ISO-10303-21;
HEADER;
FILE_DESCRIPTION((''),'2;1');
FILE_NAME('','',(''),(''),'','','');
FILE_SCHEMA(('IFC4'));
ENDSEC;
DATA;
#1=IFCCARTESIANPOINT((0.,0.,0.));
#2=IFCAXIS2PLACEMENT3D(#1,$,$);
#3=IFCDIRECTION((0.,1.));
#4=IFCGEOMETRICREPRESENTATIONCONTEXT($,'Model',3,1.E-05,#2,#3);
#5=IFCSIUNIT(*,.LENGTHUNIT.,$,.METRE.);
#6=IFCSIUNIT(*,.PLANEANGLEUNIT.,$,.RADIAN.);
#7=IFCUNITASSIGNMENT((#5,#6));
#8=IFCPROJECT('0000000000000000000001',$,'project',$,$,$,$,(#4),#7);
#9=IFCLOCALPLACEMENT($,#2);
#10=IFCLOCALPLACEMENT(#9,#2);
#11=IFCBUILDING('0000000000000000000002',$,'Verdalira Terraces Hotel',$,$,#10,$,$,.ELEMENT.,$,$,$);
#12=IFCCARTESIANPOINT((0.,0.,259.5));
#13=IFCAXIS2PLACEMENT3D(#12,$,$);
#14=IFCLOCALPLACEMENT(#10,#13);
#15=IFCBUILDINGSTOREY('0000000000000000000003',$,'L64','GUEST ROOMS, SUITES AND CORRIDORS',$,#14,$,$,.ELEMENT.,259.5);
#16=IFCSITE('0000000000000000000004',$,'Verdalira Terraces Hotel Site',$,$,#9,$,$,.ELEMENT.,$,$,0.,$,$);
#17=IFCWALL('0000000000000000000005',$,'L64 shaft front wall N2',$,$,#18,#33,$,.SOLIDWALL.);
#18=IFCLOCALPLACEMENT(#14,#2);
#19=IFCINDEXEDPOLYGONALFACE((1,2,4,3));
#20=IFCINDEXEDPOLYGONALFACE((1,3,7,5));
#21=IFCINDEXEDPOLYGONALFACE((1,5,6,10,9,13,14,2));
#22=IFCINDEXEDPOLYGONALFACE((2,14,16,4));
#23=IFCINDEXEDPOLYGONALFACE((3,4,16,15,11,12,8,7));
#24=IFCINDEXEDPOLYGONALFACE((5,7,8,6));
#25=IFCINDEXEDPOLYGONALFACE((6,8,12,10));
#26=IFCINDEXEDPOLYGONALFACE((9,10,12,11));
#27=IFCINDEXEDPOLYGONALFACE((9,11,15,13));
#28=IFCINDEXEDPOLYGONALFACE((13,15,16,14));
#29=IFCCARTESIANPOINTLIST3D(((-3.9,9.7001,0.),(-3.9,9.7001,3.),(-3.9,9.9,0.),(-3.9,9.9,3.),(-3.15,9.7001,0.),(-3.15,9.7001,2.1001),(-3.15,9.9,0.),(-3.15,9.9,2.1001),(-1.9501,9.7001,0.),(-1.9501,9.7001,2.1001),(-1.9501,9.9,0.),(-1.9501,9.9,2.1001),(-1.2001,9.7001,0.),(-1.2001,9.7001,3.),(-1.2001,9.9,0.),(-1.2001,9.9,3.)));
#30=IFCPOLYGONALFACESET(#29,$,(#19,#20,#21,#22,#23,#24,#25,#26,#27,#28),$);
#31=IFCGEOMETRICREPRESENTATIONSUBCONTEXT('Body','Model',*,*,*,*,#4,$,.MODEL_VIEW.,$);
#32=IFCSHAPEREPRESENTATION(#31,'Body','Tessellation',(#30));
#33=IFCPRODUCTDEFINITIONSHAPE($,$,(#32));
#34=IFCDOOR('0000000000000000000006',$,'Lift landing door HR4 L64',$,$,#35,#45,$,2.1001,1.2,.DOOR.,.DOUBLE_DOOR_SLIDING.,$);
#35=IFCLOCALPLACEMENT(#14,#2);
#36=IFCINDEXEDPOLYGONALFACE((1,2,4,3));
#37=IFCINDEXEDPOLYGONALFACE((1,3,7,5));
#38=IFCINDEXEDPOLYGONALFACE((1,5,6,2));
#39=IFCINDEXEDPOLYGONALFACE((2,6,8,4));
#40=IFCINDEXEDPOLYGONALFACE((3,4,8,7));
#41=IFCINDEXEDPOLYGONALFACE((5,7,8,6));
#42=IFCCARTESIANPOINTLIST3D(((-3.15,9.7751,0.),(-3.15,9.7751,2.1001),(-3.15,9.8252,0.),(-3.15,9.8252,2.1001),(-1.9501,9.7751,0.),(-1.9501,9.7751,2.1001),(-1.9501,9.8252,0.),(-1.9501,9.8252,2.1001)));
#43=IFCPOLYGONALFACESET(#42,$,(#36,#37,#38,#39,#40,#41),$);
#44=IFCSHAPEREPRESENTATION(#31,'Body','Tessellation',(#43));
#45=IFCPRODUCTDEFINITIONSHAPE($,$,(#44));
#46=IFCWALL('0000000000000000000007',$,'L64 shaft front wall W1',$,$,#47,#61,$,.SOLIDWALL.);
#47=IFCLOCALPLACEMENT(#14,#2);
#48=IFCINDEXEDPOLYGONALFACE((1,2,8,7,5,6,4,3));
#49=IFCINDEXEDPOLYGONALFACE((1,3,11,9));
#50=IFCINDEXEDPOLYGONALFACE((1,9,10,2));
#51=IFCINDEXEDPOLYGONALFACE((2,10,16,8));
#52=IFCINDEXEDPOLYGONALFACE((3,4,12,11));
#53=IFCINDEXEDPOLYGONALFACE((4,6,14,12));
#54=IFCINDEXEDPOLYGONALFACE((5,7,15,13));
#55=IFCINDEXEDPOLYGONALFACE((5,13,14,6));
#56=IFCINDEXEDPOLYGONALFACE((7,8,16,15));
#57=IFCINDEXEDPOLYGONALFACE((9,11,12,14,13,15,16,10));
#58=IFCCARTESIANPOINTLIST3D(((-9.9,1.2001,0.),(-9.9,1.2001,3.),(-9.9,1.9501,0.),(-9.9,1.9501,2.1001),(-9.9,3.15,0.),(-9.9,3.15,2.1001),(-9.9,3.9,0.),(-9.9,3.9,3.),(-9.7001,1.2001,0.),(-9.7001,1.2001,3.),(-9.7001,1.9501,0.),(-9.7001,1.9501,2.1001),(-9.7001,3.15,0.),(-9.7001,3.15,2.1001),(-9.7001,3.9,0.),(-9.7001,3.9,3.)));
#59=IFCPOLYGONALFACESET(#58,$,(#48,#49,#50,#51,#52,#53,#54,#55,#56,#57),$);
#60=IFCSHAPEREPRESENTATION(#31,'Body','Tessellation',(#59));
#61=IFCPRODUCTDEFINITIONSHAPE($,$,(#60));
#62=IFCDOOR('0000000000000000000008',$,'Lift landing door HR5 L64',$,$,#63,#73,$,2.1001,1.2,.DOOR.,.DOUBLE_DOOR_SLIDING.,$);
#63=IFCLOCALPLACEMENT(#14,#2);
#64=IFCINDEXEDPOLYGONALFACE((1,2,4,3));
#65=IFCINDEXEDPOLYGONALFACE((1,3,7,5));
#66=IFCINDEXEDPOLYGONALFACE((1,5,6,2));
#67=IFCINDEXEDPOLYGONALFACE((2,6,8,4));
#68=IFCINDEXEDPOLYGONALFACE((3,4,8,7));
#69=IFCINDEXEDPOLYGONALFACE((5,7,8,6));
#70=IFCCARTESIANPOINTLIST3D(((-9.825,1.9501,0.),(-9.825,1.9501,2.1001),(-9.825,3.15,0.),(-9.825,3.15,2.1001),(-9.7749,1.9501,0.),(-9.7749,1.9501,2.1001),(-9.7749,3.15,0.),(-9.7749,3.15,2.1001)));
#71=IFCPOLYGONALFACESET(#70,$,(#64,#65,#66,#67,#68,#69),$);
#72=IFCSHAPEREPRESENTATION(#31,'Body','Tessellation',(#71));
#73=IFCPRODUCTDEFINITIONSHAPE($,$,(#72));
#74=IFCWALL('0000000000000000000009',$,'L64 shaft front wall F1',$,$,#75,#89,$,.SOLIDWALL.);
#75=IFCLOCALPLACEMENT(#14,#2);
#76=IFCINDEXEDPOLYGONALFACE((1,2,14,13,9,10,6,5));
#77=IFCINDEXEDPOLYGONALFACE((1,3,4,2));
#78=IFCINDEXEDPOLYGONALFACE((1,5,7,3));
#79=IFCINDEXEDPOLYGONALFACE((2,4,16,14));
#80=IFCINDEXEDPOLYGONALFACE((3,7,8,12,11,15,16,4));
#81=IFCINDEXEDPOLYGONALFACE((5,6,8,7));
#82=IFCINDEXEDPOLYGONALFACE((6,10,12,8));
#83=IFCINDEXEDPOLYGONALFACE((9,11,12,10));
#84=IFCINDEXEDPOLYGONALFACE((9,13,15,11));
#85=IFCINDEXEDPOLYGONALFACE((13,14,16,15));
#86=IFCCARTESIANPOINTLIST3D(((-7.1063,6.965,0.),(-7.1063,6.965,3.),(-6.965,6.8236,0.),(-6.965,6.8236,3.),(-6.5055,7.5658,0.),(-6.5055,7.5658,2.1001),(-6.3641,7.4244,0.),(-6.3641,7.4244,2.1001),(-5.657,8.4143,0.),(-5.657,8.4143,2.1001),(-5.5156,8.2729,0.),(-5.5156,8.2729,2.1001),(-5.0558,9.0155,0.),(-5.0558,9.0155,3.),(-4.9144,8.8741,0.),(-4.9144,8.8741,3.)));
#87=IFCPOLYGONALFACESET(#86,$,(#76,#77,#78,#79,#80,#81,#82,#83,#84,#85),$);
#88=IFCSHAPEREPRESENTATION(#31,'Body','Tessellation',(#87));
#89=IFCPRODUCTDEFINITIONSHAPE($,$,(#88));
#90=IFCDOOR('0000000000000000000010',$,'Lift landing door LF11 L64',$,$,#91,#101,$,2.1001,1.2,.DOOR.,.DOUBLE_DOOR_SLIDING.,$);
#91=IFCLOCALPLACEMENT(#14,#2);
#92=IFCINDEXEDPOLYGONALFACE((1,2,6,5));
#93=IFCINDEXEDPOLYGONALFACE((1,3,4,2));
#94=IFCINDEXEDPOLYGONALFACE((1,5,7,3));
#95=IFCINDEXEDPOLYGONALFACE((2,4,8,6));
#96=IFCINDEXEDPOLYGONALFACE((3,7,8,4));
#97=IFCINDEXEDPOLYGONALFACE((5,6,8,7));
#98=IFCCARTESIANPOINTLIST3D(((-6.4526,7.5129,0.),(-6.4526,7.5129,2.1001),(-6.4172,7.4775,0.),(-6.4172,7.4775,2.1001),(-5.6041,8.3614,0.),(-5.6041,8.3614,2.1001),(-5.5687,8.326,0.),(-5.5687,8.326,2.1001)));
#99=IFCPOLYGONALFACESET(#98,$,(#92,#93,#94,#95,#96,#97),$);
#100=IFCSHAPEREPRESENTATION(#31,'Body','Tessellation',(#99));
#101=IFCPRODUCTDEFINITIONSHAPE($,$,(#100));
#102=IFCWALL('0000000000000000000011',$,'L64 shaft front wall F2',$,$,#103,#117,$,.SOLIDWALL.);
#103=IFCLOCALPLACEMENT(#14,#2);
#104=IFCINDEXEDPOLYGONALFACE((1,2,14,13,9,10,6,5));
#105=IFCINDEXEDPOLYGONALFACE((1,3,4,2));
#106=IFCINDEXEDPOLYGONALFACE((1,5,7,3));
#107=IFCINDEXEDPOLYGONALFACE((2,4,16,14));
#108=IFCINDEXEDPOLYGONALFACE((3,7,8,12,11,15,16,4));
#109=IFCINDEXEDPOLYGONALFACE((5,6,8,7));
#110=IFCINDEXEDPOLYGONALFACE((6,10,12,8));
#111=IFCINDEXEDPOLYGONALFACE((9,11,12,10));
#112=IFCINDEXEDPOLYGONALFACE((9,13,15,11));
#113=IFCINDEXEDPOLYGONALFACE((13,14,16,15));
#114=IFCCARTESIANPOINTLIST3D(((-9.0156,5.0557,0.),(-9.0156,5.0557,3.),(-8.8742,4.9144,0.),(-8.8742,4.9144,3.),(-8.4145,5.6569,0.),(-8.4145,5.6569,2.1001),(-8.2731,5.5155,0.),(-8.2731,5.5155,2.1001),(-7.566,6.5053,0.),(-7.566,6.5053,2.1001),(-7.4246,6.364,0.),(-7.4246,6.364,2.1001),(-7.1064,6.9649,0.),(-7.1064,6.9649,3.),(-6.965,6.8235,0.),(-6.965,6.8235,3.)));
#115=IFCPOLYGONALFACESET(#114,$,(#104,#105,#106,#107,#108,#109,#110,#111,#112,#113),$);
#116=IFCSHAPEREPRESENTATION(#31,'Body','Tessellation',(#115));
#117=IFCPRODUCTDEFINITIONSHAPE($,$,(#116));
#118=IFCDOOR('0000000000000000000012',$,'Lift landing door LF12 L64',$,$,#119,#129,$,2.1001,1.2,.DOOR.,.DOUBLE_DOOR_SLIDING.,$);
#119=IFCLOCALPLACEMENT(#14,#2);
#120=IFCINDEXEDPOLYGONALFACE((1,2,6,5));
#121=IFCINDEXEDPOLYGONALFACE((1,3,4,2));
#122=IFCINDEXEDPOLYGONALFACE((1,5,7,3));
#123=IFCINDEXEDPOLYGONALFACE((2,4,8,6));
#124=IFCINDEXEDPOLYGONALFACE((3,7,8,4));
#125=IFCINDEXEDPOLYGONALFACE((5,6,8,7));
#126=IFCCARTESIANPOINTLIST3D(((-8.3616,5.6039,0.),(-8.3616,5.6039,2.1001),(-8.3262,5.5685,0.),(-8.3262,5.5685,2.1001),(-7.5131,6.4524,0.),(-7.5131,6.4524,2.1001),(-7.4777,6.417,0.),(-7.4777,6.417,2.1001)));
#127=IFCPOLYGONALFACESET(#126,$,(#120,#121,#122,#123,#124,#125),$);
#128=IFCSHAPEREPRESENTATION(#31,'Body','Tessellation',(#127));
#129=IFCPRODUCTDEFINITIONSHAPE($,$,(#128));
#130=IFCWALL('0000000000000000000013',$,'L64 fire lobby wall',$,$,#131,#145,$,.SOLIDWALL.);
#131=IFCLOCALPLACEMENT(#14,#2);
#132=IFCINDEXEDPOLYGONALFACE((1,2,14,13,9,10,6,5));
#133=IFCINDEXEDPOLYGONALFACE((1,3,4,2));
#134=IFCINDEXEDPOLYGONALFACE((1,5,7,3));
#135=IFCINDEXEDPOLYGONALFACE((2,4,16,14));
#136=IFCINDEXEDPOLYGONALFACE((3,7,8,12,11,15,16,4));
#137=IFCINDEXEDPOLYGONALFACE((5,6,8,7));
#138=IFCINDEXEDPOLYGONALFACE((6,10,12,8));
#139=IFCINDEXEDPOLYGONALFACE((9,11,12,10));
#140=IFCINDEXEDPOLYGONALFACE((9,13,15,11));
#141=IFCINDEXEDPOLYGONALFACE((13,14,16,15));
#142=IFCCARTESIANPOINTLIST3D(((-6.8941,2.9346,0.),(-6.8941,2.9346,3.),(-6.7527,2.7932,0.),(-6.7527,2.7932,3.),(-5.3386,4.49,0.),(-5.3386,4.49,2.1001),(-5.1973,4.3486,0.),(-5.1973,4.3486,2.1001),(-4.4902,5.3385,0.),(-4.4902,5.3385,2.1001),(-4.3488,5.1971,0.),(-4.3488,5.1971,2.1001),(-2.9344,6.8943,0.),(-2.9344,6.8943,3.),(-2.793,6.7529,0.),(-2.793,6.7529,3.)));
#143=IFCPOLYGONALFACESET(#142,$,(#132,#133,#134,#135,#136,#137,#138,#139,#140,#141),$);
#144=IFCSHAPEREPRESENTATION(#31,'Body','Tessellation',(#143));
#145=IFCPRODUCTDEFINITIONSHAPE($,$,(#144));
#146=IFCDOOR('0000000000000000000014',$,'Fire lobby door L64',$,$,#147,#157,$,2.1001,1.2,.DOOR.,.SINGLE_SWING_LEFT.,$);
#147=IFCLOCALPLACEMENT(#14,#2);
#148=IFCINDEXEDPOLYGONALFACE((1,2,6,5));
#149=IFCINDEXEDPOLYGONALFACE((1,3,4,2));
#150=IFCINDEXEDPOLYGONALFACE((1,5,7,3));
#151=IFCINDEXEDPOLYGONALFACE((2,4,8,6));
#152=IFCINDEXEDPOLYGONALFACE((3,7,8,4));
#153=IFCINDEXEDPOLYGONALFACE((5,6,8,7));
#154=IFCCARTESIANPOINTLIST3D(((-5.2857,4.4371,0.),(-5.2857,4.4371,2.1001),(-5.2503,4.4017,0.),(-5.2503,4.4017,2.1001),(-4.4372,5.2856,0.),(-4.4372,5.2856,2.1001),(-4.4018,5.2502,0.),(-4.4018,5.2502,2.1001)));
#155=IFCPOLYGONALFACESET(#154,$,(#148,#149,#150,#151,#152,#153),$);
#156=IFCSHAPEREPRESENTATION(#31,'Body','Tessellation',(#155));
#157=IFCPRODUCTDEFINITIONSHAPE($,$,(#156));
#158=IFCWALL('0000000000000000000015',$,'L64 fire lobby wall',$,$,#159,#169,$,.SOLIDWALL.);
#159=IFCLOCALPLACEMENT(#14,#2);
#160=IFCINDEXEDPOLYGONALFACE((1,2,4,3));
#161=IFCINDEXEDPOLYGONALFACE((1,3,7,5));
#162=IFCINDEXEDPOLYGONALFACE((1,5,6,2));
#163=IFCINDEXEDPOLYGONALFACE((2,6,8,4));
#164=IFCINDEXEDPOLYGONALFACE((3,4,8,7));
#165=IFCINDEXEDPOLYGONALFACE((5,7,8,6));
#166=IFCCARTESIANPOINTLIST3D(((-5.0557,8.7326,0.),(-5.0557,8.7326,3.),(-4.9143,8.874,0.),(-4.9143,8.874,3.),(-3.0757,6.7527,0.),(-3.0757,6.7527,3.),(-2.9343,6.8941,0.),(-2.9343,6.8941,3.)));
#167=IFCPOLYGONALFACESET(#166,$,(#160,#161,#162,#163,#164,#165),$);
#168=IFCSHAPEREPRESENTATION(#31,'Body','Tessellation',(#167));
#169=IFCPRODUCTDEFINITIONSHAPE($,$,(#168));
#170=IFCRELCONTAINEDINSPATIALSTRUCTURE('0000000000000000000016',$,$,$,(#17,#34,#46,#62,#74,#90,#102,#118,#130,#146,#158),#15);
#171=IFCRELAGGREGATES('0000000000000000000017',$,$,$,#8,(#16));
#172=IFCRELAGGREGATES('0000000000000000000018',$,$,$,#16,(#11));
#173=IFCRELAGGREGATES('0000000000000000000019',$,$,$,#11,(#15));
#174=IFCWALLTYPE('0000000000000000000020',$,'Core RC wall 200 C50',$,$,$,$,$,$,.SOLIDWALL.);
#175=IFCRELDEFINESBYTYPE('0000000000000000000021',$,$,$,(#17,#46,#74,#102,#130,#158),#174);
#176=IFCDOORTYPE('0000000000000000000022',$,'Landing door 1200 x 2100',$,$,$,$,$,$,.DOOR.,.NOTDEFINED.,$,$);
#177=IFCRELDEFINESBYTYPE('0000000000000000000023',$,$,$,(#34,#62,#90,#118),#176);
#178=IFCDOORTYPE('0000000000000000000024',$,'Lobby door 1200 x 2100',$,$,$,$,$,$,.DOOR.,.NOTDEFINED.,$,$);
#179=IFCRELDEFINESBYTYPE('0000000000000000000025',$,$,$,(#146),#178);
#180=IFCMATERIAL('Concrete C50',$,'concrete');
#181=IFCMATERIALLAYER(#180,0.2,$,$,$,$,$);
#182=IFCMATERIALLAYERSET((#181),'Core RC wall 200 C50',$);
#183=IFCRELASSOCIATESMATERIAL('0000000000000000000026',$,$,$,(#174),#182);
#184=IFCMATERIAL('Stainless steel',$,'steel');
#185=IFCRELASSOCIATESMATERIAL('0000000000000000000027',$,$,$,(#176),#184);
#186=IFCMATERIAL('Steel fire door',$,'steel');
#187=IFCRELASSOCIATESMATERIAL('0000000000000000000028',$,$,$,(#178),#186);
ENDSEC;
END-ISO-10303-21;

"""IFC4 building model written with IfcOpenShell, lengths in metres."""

from ifc_helpers import new_model, si_unit, direction, frame, frame_2d, origin, place, context, subcontext, project, spatial, rectangle, extrude, material, layer, layer_set, type_object, element, fill, save


model = new_model("IFC4")

# Units and contexts
model_context = context("Model", 3, precision=1e-05, world=origin(), true_north=direction((0.0, 1.0)))
body_context = subcontext(model_context, "Body", "Model", "MODEL_VIEW")
ifc_project = project(units=[si_unit("LENGTHUNIT", "METRE"), si_unit("PLANEANGLEUNIT", "RADIAN")], contexts=[model_context])

# Site, building, storey
site_placement = place(None, origin())
site = spatial("IfcSite", under=ifc_project, at=site_placement, Name="Verdalira Terraces Hotel Site", CompositionType="ELEMENT", RefElevation=0.0)
building_placement = place(site_placement, origin())
building = spatial("IfcBuilding", under=site, at=building_placement, Name="Verdalira Terraces Hotel", CompositionType="ELEMENT")
storey_placement = place(building_placement, frame((0.0, 0.0, 259.5)))
storey = spatial("IfcBuildingStorey", under=building, at=storey_placement, Name="L64", Description="GUEST ROOMS, SUITES AND CORRIDORS", CompositionType="ELEMENT", Elevation=259.5)

# Walls, openings, doors
ifc_material_1 = material(Name="Concrete C50", Category="concrete")
ifc_layer_1 = layer(ifc_material_1, 0.2)
ifc_layer_set_1 = layer_set([ifc_layer_1], Name="Core RC wall 200 C50")
wall_type_1 = type_object("IfcWallType", Name="Core RC wall 200 C50", PredefinedType="SOLIDWALL", material=ifc_layer_set_1)
wall_1_placement = place(storey_placement, frame((-1.2, 9.8, 0.0), z_axis=(0.0, 0.0, 1.0), x_axis=(-1.0, 0.0, 0.0)))
wall_1 = element("IfcWall", 1, at=wall_1_placement, inside=storey, type_object=wall_type_1, Name="L64 shaft front wall N2", PredefinedType="SOLIDWALL", context=body_context, shape_type="SweptSolid", body=[
    extrude(rectangle(XDim=2.7, YDim=0.2, at=frame_2d((1.3501, 0.0))), origin(), (0.0, 0.0, 1.0), 3.0),
])
opening_1_placement = place(wall_1_placement, frame((0.75, 0.0, 0.0)))
opening_1 = element("IfcOpeningElement", 2, at=opening_1_placement, cuts=wall_1, PredefinedType="OPENING", context=body_context, shape_type="SweptSolid", body=[
    extrude(rectangle(XDim=1.2, YDim=2.1001, at=frame_2d((0.6001, 1.05))), frame((0.0, 0.1099, 0.0), z_axis=(0.0, -1.0, 0.0), x_axis=(1.0, 0.0, 0.0)), (0.0, 0.0, 1.0), 0.22),
])
ifc_material_2 = material(Name="Stainless steel", Category="steel")
door_type_1 = type_object("IfcDoorType", Name="Landing door 1200 x 2100", OperationType="NOTDEFINED", PredefinedType="DOOR", material=ifc_material_2)
door_1_placement = place(opening_1_placement, origin())
door_1 = element("IfcDoor", 3, at=door_1_placement, inside=storey, type_object=door_type_1, Name="Lift landing door HR4 L64", OperationType="DOUBLE_DOOR_SLIDING", OverallHeight=2.1001, OverallWidth=1.2, PredefinedType="DOOR", context=body_context, shape_type="SweptSolid", body=[
    extrude(rectangle(XDim=1.2, YDim=2.1001, at=frame_2d((0.6001, 1.05))), frame((0.0, 0.0249, 0.0), z_axis=(0.0, -1.0, 0.0), x_axis=(1.0, 0.0, 0.0)), (0.0, 0.0, 1.0), 0.05),
])
fill(opening_1, door_1)
wall_2_placement = place(storey_placement, frame((-9.8, 1.2, 0.0), z_axis=(0.0, 0.0, 1.0), x_axis=(0.0, 1.0, 0.0)))
wall_2 = element("IfcWall", 4, at=wall_2_placement, inside=storey, type_object=wall_type_1, Name="L64 shaft front wall W1", PredefinedType="SOLIDWALL", context=body_context, shape_type="SweptSolid", body=[
    extrude(rectangle(XDim=2.7, YDim=0.2, at=frame_2d((1.3501, 0.0))), origin(), (0.0, 0.0, 1.0), 3.0),
])
opening_2_placement = place(wall_2_placement, frame((0.75, 0.0, 0.0)))
opening_2 = element("IfcOpeningElement", 5, at=opening_2_placement, cuts=wall_2, PredefinedType="OPENING", context=body_context, shape_type="SweptSolid", body=[
    extrude(rectangle(XDim=1.2, YDim=2.1001, at=frame_2d((0.6001, 1.05))), frame((0.0, 0.1099, 0.0), z_axis=(0.0, -1.0, 0.0), x_axis=(1.0, 0.0, 0.0)), (0.0, 0.0, 1.0), 0.22),
])
door_2_placement = place(opening_2_placement, origin())
door_2 = element("IfcDoor", 6, at=door_2_placement, inside=storey, type_object=door_type_1, Name="Lift landing door HR5 L64", OperationType="DOUBLE_DOOR_SLIDING", OverallHeight=2.1001, OverallWidth=1.2, PredefinedType="DOOR", context=body_context, shape_type="SweptSolid", body=[
    extrude(rectangle(XDim=1.2, YDim=2.1001, at=frame_2d((0.6001, 1.05))), frame((0.0, 0.0249, 0.0), z_axis=(0.0, -1.0, 0.0), x_axis=(1.0, 0.0, 0.0)), (0.0, 0.0, 1.0), 0.05),
])
fill(opening_2, door_2)
wall_3_placement = place(storey_placement, frame((-4.9851, 8.9448, 0.0), z_axis=(0.0, 0.0, 1.0), x_axis=(-0.707107, -0.707107, 0.0)))
wall_3 = element("IfcWall", 7, at=wall_3_placement, inside=storey, type_object=wall_type_1, Name="L64 shaft front wall F1", PredefinedType="SOLIDWALL", context=body_context, shape_type="SweptSolid", body=[
    extrude(rectangle(XDim=2.8999, YDim=0.2, at=frame_2d((1.45, 0.0))), origin(), (0.0, 0.0, 1.0), 3.0),
])
opening_3_placement = place(wall_3_placement, frame((0.8501, 0.0, 0.0)))
opening_3 = element("IfcOpeningElement", 8, at=opening_3_placement, cuts=wall_3, PredefinedType="OPENING", context=body_context, shape_type="SweptSolid", body=[
    extrude(rectangle(XDim=1.2, YDim=2.1001, at=frame_2d((0.6001, 1.05))), frame((0.0, 0.1099, 0.0), z_axis=(0.0, -1.0, 0.0), x_axis=(1.0, 0.0, 0.0)), (0.0, 0.0, 1.0), 0.22),
])
door_3_placement = place(opening_3_placement, origin())
door_3 = element("IfcDoor", 9, at=door_3_placement, inside=storey, type_object=door_type_1, Name="Lift landing door LF11 L64", OperationType="DOUBLE_DOOR_SLIDING", OverallHeight=2.1001, OverallWidth=1.2, PredefinedType="DOOR", context=body_context, shape_type="SweptSolid", body=[
    extrude(rectangle(XDim=1.2, YDim=2.1001, at=frame_2d((0.6001, 1.05))), frame((0.0, 0.0249, 0.0), z_axis=(0.0, -1.0, 0.0), x_axis=(1.0, 0.0, 0.0)), (0.0, 0.0, 1.0), 0.05),
])
fill(opening_3, door_3)
wall_4_placement = place(storey_placement, frame((-7.0356, 6.8943, 0.0), z_axis=(0.0, 0.0, 1.0), x_axis=(-0.707107, -0.707107, 0.0)))
wall_4 = element("IfcWall", 10, at=wall_4_placement, inside=storey, type_object=wall_type_1, Name="L64 shaft front wall F2", PredefinedType="SOLIDWALL", context=body_context, shape_type="SweptSolid", body=[
    extrude(rectangle(XDim=2.7, YDim=0.2, at=frame_2d((1.3501, 0.0))), origin(), (0.0, 0.0, 1.0), 3.0),
])
opening_4_placement = place(wall_4_placement, frame((0.6499, 0.0, 0.0)))
opening_4 = element("IfcOpeningElement", 11, at=opening_4_placement, cuts=wall_4, PredefinedType="OPENING", context=body_context, shape_type="SweptSolid", body=[
    extrude(rectangle(XDim=1.2, YDim=2.1001, at=frame_2d((0.6001, 1.05))), frame((0.0, 0.1099, 0.0), z_axis=(0.0, -1.0, 0.0), x_axis=(1.0, 0.0, 0.0)), (0.0, 0.0, 1.0), 0.22),
])
door_4_placement = place(opening_4_placement, origin())
door_4 = element("IfcDoor", 12, at=door_4_placement, inside=storey, type_object=door_type_1, Name="Lift landing door LF12 L64", OperationType="DOUBLE_DOOR_SLIDING", OverallHeight=2.1001, OverallWidth=1.2, PredefinedType="DOOR", context=body_context, shape_type="SweptSolid", body=[
    extrude(rectangle(XDim=1.2, YDim=2.1001, at=frame_2d((0.6001, 1.05))), frame((0.0, 0.0249, 0.0), z_axis=(0.0, -1.0, 0.0), x_axis=(1.0, 0.0, 0.0)), (0.0, 0.0, 1.0), 0.05),
])
fill(opening_4, door_4)
wall_5_placement = place(storey_placement, frame((-2.8638, 6.8235, 0.0), z_axis=(0.0, 0.0, 1.0), x_axis=(-0.707107, -0.707107, 0.0)))
wall_5 = element("IfcWall", 13, at=wall_5_placement, inside=storey, type_object=wall_type_1, Name="L64 fire lobby wall", PredefinedType="SOLIDWALL", context=body_context, shape_type="SweptSolid", body=[
    extrude(rectangle(XDim=5.5999, YDim=0.2, at=frame_2d((2.7998, 0.0))), origin(), (0.0, 0.0, 1.0), 3.0),
])
opening_5_placement = place(wall_5_placement, frame((2.2, 0.0, 0.0)))
opening_5 = element("IfcOpeningElement", 14, at=opening_5_placement, cuts=wall_5, PredefinedType="OPENING", context=body_context, shape_type="SweptSolid", body=[
    extrude(rectangle(XDim=1.2, YDim=2.1001, at=frame_2d((0.6001, 1.05))), frame((0.0, 0.1099, 0.0), z_axis=(0.0, -1.0, 0.0), x_axis=(1.0, 0.0, 0.0)), (0.0, 0.0, 1.0), 0.22),
])
ifc_material_3 = material(Name="Steel fire door", Category="steel")
door_type_2 = type_object("IfcDoorType", Name="Lobby door 1200 x 2100", OperationType="NOTDEFINED", PredefinedType="DOOR", material=ifc_material_3)
door_5_placement = place(opening_5_placement, origin())
door_5 = element("IfcDoor", 15, at=door_5_placement, inside=storey, type_object=door_type_2, Name="Fire lobby door L64", OperationType="SINGLE_SWING_LEFT", OverallHeight=2.1001, OverallWidth=1.2, PredefinedType="DOOR", context=body_context, shape_type="SweptSolid", body=[
    extrude(rectangle(XDim=1.2, YDim=2.1001, at=frame_2d((0.6001, 1.05))), frame((0.0, 0.0249, 0.0), z_axis=(0.0, -1.0, 0.0), x_axis=(1.0, 0.0, 0.0)), (0.0, 0.0, 1.0), 0.05),
])
fill(opening_5, door_5)

# Wall
for number, where, z_axis, x_axis, name in (
    (16, (-3.0051, 6.8235, 0.0), (0.0, 0.0, 1.0), (-0.707107, 0.707107, 0.0), "L64 fire lobby wall"),
):
    element("IfcWall", number, at=place(storey_placement, frame(where, z_axis=z_axis, x_axis=x_axis)), inside=storey, type_object=wall_type_1, Name=name, PredefinedType="SOLIDWALL", context=body_context, shape_type="SweptSolid", body=[
        extrude(rectangle(XDim=2.8, YDim=0.2, at=frame_2d((1.3999, 0.0))), origin(), (0.0, 0.0, 1.0), 3.0),
    ])

save(model, "model.ifc")
